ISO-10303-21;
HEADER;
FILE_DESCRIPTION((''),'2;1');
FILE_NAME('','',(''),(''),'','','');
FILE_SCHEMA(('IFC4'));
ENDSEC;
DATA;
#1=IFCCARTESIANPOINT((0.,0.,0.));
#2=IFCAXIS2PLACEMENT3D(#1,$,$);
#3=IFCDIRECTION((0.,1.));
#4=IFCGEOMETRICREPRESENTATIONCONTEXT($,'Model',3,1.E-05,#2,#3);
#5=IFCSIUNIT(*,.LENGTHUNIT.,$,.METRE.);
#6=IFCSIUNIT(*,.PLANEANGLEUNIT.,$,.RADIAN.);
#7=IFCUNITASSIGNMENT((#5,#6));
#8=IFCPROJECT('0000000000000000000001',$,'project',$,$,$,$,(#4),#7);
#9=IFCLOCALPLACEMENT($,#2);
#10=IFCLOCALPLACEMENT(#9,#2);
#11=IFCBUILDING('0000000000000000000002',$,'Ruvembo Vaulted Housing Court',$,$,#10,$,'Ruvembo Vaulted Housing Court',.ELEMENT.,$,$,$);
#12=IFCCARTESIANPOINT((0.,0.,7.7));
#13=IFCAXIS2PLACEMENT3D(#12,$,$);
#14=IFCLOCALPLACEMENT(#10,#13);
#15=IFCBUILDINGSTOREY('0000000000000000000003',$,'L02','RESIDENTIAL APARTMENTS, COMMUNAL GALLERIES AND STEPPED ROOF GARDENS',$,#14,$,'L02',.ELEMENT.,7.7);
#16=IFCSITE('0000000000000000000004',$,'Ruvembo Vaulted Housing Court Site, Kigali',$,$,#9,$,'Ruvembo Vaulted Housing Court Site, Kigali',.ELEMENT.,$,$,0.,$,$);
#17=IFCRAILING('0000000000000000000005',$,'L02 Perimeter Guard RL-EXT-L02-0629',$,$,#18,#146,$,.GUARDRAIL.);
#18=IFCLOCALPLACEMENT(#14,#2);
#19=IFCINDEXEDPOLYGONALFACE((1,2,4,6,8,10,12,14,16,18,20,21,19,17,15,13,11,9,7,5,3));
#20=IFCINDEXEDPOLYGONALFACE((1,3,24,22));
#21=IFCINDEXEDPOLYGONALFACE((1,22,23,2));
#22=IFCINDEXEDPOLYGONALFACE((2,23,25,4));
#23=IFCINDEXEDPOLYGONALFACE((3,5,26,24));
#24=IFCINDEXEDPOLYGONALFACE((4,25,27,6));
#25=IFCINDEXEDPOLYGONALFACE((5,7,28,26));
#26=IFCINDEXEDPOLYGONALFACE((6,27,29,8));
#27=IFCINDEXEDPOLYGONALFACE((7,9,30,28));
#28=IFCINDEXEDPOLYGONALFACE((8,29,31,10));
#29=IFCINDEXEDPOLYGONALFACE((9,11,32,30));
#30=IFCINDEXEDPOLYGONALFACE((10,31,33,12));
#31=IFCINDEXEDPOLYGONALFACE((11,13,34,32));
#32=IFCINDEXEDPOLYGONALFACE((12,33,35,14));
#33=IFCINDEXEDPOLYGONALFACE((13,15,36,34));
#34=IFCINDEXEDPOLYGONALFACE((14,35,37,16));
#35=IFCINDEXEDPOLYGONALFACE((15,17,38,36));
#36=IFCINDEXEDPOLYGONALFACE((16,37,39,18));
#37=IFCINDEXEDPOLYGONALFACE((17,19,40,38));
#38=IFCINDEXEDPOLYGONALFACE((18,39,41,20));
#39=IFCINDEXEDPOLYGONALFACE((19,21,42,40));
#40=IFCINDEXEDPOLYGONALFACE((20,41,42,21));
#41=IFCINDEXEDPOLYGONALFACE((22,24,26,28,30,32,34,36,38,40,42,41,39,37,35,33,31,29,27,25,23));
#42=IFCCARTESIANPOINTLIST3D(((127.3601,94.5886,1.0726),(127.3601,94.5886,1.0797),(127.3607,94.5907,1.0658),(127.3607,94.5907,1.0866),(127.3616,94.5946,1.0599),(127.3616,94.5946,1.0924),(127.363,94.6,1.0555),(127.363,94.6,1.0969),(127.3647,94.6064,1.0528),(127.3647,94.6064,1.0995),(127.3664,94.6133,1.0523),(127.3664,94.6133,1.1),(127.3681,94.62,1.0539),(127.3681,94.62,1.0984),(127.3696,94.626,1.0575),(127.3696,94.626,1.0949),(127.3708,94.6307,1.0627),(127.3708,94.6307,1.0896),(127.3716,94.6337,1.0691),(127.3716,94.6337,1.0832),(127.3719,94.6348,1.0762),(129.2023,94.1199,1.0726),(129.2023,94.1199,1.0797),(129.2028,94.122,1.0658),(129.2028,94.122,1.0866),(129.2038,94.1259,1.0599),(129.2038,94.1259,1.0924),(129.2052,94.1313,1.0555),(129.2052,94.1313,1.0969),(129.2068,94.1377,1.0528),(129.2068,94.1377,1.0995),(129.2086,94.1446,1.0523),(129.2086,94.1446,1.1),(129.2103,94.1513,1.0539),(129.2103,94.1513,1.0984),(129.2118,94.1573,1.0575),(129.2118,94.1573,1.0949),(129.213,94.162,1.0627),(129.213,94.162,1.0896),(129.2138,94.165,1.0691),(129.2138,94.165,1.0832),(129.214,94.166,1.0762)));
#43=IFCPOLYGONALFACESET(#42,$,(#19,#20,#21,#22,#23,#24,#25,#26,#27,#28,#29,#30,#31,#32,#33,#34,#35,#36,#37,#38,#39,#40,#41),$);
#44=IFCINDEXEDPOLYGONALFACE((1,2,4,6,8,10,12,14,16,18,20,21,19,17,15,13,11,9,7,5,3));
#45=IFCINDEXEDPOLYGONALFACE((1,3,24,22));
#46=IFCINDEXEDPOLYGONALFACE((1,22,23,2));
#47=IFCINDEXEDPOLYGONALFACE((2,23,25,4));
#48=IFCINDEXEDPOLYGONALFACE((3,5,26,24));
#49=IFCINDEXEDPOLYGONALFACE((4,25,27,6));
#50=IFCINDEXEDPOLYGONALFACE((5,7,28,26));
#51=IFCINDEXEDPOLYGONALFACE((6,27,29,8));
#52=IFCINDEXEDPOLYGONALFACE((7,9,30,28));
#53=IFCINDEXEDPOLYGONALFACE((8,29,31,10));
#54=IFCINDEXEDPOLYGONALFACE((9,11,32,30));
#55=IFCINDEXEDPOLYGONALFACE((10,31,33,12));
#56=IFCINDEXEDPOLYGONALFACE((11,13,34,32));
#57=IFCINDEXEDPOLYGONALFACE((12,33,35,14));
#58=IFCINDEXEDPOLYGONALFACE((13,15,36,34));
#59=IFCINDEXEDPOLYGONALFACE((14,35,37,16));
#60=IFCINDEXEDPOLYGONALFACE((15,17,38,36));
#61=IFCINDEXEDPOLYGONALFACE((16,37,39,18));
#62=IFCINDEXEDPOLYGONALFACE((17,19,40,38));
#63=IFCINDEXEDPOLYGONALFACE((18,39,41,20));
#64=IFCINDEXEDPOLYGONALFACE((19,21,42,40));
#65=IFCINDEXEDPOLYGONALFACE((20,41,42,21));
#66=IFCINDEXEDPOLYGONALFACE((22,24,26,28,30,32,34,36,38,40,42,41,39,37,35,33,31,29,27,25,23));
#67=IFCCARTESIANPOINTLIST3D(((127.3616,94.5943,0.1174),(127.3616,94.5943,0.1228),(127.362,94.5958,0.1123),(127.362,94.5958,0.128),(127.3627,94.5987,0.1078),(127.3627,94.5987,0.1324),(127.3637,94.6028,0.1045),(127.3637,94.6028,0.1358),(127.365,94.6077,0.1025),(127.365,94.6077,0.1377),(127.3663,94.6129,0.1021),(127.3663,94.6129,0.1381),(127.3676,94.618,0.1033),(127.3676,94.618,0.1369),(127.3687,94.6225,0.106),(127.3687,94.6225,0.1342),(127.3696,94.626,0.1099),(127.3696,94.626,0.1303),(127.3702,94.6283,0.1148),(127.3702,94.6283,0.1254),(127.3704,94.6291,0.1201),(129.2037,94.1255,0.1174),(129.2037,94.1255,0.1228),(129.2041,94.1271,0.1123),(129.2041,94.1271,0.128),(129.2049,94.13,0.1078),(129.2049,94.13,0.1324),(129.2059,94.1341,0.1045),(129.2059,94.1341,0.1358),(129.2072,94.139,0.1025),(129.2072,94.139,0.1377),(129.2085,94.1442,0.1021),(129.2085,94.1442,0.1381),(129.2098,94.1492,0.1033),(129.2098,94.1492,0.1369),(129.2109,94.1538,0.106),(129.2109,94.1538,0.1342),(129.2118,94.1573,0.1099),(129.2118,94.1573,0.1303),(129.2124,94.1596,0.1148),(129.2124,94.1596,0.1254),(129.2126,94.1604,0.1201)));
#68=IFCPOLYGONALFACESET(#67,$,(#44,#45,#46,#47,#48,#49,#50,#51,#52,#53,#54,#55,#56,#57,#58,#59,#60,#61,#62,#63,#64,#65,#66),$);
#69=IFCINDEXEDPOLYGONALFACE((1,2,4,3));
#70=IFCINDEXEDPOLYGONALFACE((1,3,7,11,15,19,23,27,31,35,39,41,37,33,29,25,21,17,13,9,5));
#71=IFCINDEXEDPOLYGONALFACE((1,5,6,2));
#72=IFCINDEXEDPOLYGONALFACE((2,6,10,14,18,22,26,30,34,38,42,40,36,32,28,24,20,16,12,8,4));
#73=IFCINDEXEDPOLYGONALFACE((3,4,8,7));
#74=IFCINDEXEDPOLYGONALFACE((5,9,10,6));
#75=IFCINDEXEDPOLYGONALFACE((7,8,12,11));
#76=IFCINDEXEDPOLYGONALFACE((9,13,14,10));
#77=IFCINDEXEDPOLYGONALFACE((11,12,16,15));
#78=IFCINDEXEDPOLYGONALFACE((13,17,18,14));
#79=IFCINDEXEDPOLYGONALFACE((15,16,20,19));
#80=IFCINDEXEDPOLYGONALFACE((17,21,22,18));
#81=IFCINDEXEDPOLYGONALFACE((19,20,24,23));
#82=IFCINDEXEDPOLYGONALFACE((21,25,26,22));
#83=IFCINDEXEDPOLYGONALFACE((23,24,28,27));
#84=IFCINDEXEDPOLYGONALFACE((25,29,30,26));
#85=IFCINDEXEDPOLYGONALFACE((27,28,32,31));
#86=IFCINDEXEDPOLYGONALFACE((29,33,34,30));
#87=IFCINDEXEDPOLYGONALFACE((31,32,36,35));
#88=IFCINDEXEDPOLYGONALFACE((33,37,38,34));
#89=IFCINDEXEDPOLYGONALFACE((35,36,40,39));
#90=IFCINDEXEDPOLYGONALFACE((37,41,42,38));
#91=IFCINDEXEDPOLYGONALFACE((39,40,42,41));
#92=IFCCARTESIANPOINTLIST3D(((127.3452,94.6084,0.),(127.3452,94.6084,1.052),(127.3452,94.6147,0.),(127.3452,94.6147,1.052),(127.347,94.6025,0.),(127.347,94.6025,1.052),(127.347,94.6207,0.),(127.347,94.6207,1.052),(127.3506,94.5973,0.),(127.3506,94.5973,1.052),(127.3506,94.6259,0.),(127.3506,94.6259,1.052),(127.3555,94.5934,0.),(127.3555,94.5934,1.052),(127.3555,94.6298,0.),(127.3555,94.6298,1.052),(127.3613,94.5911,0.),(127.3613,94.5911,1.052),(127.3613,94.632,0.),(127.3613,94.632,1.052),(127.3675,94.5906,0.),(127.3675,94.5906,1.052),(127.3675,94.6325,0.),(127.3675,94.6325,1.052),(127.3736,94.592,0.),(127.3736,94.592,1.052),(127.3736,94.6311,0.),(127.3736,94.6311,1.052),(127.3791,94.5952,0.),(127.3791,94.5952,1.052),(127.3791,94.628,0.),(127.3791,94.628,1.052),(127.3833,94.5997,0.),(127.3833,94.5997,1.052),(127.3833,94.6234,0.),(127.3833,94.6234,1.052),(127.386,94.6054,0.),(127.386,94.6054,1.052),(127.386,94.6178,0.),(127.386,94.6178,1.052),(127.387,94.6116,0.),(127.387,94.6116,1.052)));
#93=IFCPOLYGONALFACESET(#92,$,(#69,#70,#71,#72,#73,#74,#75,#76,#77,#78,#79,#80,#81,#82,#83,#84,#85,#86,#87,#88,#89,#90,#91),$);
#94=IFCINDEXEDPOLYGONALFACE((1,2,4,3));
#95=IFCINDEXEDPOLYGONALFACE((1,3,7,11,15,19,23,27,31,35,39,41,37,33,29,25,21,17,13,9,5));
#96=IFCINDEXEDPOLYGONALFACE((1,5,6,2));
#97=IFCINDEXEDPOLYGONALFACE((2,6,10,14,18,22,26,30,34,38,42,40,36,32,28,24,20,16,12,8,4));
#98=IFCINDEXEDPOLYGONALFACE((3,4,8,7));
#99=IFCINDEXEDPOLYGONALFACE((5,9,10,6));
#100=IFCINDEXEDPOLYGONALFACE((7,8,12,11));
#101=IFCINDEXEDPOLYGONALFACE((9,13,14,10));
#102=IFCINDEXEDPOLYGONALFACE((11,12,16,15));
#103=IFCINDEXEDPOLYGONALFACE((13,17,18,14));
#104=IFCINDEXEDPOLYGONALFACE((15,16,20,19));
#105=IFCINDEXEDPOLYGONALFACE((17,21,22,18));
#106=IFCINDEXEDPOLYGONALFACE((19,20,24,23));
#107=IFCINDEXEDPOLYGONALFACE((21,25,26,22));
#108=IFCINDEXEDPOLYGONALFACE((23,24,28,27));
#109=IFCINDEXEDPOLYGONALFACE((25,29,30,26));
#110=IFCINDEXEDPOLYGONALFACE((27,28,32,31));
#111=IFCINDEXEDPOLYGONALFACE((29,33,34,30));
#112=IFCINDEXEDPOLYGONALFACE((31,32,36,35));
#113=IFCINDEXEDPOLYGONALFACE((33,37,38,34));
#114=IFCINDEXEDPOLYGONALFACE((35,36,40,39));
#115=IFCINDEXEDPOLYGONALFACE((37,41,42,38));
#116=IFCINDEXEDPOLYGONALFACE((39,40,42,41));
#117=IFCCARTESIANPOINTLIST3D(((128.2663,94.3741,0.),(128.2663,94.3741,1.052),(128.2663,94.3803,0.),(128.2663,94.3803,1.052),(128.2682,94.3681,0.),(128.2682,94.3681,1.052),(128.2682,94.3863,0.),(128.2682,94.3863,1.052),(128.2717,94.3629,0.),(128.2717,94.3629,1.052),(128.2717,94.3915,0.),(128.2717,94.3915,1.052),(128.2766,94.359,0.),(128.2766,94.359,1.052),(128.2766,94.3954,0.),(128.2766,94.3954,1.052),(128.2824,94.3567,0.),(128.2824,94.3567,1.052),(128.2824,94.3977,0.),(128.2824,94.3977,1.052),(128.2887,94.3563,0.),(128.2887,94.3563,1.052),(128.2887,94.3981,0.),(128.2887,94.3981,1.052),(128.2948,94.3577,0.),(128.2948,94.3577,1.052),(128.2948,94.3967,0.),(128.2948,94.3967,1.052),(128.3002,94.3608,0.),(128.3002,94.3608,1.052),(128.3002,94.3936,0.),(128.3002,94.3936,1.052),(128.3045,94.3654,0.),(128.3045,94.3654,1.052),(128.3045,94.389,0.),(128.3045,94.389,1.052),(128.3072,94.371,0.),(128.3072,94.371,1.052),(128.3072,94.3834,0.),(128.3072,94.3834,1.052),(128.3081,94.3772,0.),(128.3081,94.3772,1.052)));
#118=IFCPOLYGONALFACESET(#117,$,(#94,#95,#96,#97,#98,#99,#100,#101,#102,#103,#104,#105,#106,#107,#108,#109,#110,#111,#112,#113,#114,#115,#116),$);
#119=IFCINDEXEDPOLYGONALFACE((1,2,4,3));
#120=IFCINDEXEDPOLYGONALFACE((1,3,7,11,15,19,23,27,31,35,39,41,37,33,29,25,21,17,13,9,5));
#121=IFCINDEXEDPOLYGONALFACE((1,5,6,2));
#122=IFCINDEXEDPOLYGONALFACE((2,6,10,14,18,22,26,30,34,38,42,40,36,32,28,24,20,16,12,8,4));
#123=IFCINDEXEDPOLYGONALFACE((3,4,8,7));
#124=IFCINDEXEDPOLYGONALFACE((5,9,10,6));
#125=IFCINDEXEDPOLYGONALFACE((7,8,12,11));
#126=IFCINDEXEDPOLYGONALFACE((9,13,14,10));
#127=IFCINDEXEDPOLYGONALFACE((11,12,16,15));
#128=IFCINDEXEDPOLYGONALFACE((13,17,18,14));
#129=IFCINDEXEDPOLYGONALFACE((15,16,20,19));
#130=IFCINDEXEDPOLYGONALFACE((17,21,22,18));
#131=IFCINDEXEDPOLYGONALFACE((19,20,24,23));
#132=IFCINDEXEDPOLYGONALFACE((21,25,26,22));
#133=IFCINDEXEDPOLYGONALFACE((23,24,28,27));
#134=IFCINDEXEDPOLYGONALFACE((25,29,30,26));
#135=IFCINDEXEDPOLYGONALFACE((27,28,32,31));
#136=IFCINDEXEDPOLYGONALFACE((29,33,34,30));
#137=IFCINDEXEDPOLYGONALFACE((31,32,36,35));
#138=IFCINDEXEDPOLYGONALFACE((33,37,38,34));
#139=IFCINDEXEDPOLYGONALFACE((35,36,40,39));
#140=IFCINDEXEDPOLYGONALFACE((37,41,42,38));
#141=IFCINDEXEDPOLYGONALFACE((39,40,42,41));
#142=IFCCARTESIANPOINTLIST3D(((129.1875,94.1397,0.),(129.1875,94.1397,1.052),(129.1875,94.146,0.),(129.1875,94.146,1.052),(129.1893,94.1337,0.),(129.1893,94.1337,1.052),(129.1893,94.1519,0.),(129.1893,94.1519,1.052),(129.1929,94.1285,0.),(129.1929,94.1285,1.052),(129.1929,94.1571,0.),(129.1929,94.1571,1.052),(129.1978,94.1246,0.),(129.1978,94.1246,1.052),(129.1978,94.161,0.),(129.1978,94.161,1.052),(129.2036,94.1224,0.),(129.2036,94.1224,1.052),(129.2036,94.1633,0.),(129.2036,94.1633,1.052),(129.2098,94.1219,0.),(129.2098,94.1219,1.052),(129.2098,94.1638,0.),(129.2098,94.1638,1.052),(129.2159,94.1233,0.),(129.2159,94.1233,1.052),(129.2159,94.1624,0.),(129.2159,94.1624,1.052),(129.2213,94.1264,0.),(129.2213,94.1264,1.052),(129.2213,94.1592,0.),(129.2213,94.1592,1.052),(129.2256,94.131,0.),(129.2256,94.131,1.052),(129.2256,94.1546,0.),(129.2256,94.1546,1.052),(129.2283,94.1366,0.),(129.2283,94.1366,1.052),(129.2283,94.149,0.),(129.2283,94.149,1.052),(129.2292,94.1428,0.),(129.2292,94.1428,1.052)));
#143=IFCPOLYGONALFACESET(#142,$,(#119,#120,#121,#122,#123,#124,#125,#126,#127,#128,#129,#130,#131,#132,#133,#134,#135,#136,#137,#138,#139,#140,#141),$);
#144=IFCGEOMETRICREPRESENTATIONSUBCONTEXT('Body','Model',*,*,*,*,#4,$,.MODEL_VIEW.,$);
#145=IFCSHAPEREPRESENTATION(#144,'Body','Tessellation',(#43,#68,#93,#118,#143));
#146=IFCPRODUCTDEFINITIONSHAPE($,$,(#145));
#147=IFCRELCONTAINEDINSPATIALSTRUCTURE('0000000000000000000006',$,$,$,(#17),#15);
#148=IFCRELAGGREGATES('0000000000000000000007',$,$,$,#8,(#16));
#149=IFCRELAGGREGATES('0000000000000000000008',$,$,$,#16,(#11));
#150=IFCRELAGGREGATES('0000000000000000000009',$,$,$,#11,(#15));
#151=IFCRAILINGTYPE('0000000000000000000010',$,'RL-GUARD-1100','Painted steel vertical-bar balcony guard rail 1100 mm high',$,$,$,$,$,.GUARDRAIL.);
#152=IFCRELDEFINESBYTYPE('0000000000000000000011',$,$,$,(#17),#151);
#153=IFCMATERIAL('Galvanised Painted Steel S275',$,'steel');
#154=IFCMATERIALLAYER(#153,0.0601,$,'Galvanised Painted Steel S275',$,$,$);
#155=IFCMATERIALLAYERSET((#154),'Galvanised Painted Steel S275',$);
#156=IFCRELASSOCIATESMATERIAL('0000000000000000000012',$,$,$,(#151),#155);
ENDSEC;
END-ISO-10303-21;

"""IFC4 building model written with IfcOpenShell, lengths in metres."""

from ifc_helpers import new_model, si_unit, direction, frame, origin, origin_2d, place, context, subcontext, project, spatial, circle, extrude, material, layer, layer_set, type_object, element, save


model = new_model("IFC4")

# Units and contexts
model_context = context("Model", 3, precision=1e-05, world=origin(), true_north=direction((0.0, 1.0)))
body_context = subcontext(model_context, "Body", "Model", "MODEL_VIEW")
ifc_project = project(units=[si_unit("LENGTHUNIT", "METRE"), si_unit("PLANEANGLEUNIT", "RADIAN")], contexts=[model_context])

# Site, building, storey
site_placement = place(None, origin())
site = spatial("IfcSite", under=ifc_project, at=site_placement, Name="Ruvembo Vaulted Housing Court Site, Kigali", LongName="Ruvembo Vaulted Housing Court Site, Kigali", CompositionType="ELEMENT", RefElevation=0.0)
building_placement = place(site_placement, origin())
building = spatial("IfcBuilding", under=site, at=building_placement, Name="Ruvembo Vaulted Housing Court", LongName="Ruvembo Vaulted Housing Court", CompositionType="ELEMENT")
storey_placement = place(building_placement, frame((0.0, 0.0, 7.7)))
storey = spatial("IfcBuildingStorey", under=building, at=storey_placement, Name="L02", Description="RESIDENTIAL APARTMENTS, COMMUNAL GALLERIES AND STEPPED ROOF GARDENS", LongName="L02", CompositionType="ELEMENT", Elevation=7.7)

# Railing
ifc_material_1 = material(Name="Galvanised Painted Steel S275", Category="steel")
ifc_layer = layer(ifc_material_1, 0.0601, Name="Galvanised Painted Steel S275")
ifc_layer_set = layer_set([ifc_layer], Name="Galvanised Painted Steel S275")
railing_type = type_object("IfcRailingType", Name="RL-GUARD-1100", Description="Painted steel vertical-bar balcony guard rail 1100 mm high", PredefinedType="GUARDRAIL", material=ifc_layer_set)
railing_1_placement = place(storey_placement, frame((127.366, 94.6116, 0.0)))
element("IfcRailing", 1, at=railing_1_placement, inside=storey, type_object=railing_type, Name="L02 Perimeter Guard RL-EXT-L02-0629", PredefinedType="GUARDRAIL", context=body_context, shape_type="SweptSolid", body=[
    extrude(circle(Radius=0.0239, at=origin_2d()), frame((0.0, 0.0, 1.0762), z_axis=(0.969122, -0.246583, 0.0), x_axis=(0.246583, 0.969122, 0.0)), (0.0, 0.0, 1.0), 1.9009),
    extrude(circle(Radius=0.0181, at=origin_2d()), frame((0.0, 0.0, 0.1201), z_axis=(0.969122, -0.246583, 0.0), x_axis=(0.246583, 0.969122, 0.0)), (0.0, 0.0, 1.0), 1.9009),
    extrude(circle(Radius=0.021, at=origin_2d()), origin(), (0.0, 0.0, 1.0), 1.052),
    extrude(circle(Radius=0.021, at=origin_2d()), frame((0.9211, -0.2344, 0.0)), (0.0, 0.0, 1.0), 1.052),
    extrude(circle(Radius=0.021, at=origin_2d()), frame((1.8423, -0.4688, 0.0)), (0.0, 0.0, 1.0), 1.052),
])

save(model, "model.ifc")
